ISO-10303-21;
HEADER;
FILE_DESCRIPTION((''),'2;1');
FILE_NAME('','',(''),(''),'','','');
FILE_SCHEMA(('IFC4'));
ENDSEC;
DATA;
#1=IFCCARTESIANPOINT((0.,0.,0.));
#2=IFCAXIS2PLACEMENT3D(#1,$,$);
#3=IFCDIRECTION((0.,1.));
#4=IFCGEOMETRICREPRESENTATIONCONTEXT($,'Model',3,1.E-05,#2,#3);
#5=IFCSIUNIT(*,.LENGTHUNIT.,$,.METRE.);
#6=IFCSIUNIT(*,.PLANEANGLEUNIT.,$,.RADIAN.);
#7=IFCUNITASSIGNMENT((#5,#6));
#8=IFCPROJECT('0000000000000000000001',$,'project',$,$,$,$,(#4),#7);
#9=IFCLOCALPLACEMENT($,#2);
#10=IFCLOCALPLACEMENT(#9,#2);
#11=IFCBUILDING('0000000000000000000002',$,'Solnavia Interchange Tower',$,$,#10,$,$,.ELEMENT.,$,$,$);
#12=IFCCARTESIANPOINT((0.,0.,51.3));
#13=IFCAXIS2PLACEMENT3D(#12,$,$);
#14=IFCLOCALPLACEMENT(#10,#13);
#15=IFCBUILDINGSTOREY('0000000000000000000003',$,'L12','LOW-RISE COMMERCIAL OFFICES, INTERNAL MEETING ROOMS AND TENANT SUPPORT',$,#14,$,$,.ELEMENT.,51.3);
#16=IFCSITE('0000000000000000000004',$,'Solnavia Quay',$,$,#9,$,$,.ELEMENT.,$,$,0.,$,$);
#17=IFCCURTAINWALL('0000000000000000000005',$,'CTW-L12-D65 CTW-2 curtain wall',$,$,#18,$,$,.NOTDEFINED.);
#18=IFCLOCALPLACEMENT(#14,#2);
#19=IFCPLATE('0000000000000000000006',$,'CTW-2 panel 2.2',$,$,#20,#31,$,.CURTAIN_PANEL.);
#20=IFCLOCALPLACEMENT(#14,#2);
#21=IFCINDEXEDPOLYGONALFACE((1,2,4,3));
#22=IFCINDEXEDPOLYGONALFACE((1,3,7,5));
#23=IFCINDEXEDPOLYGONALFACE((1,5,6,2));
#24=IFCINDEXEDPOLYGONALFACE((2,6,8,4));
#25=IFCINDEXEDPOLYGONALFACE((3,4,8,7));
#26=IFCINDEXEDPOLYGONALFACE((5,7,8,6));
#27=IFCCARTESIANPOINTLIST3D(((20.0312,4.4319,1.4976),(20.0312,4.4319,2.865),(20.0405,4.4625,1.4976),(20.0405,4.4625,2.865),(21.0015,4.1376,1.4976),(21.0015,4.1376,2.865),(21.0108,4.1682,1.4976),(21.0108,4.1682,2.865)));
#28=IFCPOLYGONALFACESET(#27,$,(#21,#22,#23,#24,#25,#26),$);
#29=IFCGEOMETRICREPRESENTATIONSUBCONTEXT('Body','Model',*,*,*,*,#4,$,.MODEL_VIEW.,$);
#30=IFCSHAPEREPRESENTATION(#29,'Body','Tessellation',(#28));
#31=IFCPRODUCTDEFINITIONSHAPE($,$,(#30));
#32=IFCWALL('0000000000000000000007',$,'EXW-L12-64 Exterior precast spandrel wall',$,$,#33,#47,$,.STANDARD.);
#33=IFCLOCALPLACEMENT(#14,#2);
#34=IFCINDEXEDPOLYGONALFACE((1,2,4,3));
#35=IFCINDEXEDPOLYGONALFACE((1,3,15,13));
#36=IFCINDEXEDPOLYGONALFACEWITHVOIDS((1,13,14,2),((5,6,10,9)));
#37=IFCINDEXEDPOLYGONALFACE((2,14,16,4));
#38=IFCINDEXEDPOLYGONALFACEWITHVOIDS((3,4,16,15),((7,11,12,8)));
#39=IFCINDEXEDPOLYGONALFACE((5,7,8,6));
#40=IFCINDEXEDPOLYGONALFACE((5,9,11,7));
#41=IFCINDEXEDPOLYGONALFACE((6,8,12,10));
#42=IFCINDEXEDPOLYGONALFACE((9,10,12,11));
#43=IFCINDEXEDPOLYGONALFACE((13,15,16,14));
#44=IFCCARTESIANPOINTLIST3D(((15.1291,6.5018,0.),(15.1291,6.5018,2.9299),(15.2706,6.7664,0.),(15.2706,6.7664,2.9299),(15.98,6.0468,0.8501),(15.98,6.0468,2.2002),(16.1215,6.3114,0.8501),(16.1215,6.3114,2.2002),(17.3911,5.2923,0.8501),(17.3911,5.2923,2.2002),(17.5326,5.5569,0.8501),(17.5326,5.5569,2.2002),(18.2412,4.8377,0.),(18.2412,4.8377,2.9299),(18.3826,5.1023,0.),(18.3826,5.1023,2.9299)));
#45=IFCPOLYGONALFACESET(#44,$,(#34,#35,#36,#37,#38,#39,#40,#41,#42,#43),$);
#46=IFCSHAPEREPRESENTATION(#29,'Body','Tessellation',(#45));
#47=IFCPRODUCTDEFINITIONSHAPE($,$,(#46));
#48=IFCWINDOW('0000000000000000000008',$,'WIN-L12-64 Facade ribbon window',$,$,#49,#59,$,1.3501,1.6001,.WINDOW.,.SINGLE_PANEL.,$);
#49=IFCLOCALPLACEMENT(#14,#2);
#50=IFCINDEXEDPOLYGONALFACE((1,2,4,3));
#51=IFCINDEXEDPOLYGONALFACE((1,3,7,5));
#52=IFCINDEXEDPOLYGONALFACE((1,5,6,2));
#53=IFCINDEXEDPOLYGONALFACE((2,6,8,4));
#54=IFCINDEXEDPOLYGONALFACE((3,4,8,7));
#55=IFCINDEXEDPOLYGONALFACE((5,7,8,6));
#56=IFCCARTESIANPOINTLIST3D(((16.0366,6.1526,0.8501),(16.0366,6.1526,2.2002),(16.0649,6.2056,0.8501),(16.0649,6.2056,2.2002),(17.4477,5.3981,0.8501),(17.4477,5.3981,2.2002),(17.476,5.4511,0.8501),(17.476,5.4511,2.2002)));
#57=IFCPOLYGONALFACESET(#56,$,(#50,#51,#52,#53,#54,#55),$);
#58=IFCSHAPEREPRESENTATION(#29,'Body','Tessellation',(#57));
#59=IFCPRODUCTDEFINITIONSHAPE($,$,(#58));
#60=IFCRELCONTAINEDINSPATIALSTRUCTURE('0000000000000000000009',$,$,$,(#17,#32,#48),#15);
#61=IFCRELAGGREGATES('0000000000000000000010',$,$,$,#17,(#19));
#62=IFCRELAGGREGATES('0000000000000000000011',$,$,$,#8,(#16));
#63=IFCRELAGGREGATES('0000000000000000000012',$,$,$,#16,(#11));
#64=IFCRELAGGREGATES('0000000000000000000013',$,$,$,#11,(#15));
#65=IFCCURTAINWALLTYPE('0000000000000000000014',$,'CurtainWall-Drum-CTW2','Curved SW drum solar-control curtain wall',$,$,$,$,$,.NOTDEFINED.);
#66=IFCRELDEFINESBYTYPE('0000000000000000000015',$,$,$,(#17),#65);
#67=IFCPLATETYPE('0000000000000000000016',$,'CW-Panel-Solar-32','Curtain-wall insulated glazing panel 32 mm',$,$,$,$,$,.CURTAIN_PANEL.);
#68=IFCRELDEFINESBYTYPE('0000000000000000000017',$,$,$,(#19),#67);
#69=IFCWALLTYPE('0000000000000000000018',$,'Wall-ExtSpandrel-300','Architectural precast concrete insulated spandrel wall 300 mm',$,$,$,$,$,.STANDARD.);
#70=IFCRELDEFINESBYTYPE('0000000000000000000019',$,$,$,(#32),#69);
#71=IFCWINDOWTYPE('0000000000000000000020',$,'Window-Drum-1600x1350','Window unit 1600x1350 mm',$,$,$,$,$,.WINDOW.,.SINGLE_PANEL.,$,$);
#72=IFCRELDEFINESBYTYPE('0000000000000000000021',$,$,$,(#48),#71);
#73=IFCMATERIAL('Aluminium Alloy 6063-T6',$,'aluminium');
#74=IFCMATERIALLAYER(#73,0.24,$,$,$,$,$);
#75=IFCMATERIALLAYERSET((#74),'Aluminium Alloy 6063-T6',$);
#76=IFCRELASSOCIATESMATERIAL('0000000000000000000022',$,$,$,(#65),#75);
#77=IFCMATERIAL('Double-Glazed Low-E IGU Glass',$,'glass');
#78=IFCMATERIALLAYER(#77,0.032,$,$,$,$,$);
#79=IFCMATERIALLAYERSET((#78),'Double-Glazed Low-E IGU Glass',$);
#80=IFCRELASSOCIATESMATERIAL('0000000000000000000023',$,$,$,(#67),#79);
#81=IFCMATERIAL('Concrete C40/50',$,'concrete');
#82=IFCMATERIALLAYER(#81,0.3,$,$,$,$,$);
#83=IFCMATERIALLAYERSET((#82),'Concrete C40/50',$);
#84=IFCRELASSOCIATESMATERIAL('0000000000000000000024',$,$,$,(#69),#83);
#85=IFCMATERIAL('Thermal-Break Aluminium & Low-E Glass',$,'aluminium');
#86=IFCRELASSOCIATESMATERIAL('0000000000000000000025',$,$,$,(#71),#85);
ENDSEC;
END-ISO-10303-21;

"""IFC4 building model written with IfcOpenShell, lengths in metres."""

from ifc_helpers import new_model, si_unit, direction, frame, frame_2d, origin, origin_2d, place, context, subcontext, project, spatial, rectangle, extrude, material, layer, layer_set, type_object, element, fill, aggregate, save


model = new_model("IFC4")

# Units and contexts
model_context = context("Model", 3, precision=1e-05, world=origin(), true_north=direction((0.0, 1.0)))
body_context = subcontext(model_context, "Body", "Model", "MODEL_VIEW")
ifc_project = project(units=[si_unit("LENGTHUNIT", "METRE"), si_unit("PLANEANGLEUNIT", "RADIAN")], contexts=[model_context])

# Site, building, storey
site_placement = place(None, origin())
site = spatial("IfcSite", under=ifc_project, at=site_placement, Name="Solnavia Quay", CompositionType="ELEMENT", RefElevation=0.0)
building_placement = place(site_placement, origin())
building = spatial("IfcBuilding", under=site, at=building_placement, Name="Solnavia Interchange Tower", CompositionType="ELEMENT")
storey_placement = place(building_placement, frame((0.0, 0.0, 51.3)))
storey = spatial("IfcBuildingStorey", under=building, at=storey_placement, Name="L12", Description="LOW-RISE COMMERCIAL OFFICES, INTERNAL MEETING ROOMS AND TENANT SUPPORT", CompositionType="ELEMENT", Elevation=51.3)

# Shared definitions
ifc_material_1 = material(Name="Aluminium Alloy 6063-T6", Category="aluminium")
ifc_layer_1 = layer(ifc_material_1, 0.24)
ifc_layer_set_1 = layer_set([ifc_layer_1], Name="Aluminium Alloy 6063-T6")
curtain_wall_type = type_object("IfcCurtainWallType", Name="CurtainWall-Drum-CTW2", Description="Curved SW drum solar-control curtain wall", PredefinedType="NOTDEFINED", material=ifc_layer_set_1)

# Curtain wall
curtain_wall_1_placement = place(storey_placement, origin())
curtain_wall_1 = element("IfcCurtainWall", 1, at=curtain_wall_1_placement, inside=storey, type_object=curtain_wall_type, Name="CTW-L12-D65 CTW-2 curtain wall", PredefinedType="NOTDEFINED")

# Plate
ifc_material_2 = material(Name="Double-Glazed Low-E IGU Glass", Category="glass")
ifc_layer_2 = layer(ifc_material_2, 0.032)
ifc_layer_set_2 = layer_set([ifc_layer_2], Name="Double-Glazed Low-E IGU Glass")
plate_type = type_object("IfcPlateType", Name="CW-Panel-Solar-32", Description="Curtain-wall insulated glazing panel 32 mm", PredefinedType="CURTAIN_PANEL", material=ifc_layer_set_2)
plate_1_placement = place(storey_placement, frame((20.521, 4.3, 1.4976), z_axis=(0.0, 0.0, 1.0), x_axis=(0.956935, -0.290303, 0.0)))
plate_1 = element("IfcPlate", 2, at=plate_1_placement, type_object=plate_type, Name="CTW-2 panel 2.2", PredefinedType="CURTAIN_PANEL", context=body_context, shape_type="SweptSolid", body=[
    extrude(rectangle(XDim=1.0139, YDim=0.032, at=origin_2d()), origin(), (0.0, 0.0, 1.0), 1.3674),
])
aggregate(curtain_wall_1, [plate_1])

# Wall, opening, window
ifc_material_3 = material(Name="Concrete C40/50", Category="concrete")
ifc_layer_3 = layer(ifc_material_3, 0.3)
ifc_layer_set_3 = layer_set([ifc_layer_3], Name="Concrete C40/50")
wall_type = type_object("IfcWallType", Name="Wall-ExtSpandrel-300", Description="Architectural precast concrete insulated spandrel wall 300 mm", PredefinedType="STANDARD", material=ifc_layer_set_3)
wall_placement = place(storey_placement, frame((18.312, 4.97, 0.0), z_axis=(0.0, 0.0, 1.0), x_axis=(-0.881847, 0.471536, 0.0)))
wall = element("IfcWall", 3, at=wall_placement, inside=storey, type_object=wall_type, Name="EXW-L12-64 Exterior precast spandrel wall", PredefinedType="STANDARD", context=body_context, shape_type="SweptSolid", body=[
    extrude(rectangle(XDim=3.5291, YDim=0.3, at=frame_2d((1.7646, 0.0))), origin(), (0.0, 0.0, 1.0), 2.9299),
])
opening_placement = place(wall_placement, frame((0.9641, 0.0, 0.8501)))
opening = element("IfcOpeningElement", 4, at=opening_placement, cuts=wall, PredefinedType="OPENING", context=body_context, shape_type="SweptSolid", body=[
    extrude(rectangle(XDim=1.6001, YDim=1.3501, at=frame_2d((0.8, 0.675))), frame((0.0, 0.1602, 0.0), z_axis=(0.0, -1.0, 0.0), x_axis=(1.0, 0.0, 0.0)), (0.0, 0.0, 1.0), 0.3201),
])
ifc_material_4 = material(Name="Thermal-Break Aluminium & Low-E Glass", Category="aluminium")
window_type = type_object("IfcWindowType", Name="Window-Drum-1600x1350", Description="Window unit 1600x1350 mm", PartitioningType="SINGLE_PANEL", PredefinedType="WINDOW", material=ifc_material_4)
window_placement = place(opening_placement, origin())
window = element("IfcWindow", 5, at=window_placement, inside=storey, type_object=window_type, Name="WIN-L12-64 Facade ribbon window", OverallHeight=1.3501, OverallWidth=1.6001, PartitioningType="SINGLE_PANEL", PredefinedType="WINDOW", context=body_context, shape_type="SweptSolid", body=[
    extrude(rectangle(XDim=1.6001, YDim=1.3501, at=frame_2d((0.8, 0.675))), frame((0.0, 0.03, 0.0), z_axis=(0.0, -1.0, 0.0), x_axis=(1.0, 0.0, 0.0)), (0.0, 0.0, 1.0), 0.0601),
])
fill(opening, window)

save(model, "model.ifc")
